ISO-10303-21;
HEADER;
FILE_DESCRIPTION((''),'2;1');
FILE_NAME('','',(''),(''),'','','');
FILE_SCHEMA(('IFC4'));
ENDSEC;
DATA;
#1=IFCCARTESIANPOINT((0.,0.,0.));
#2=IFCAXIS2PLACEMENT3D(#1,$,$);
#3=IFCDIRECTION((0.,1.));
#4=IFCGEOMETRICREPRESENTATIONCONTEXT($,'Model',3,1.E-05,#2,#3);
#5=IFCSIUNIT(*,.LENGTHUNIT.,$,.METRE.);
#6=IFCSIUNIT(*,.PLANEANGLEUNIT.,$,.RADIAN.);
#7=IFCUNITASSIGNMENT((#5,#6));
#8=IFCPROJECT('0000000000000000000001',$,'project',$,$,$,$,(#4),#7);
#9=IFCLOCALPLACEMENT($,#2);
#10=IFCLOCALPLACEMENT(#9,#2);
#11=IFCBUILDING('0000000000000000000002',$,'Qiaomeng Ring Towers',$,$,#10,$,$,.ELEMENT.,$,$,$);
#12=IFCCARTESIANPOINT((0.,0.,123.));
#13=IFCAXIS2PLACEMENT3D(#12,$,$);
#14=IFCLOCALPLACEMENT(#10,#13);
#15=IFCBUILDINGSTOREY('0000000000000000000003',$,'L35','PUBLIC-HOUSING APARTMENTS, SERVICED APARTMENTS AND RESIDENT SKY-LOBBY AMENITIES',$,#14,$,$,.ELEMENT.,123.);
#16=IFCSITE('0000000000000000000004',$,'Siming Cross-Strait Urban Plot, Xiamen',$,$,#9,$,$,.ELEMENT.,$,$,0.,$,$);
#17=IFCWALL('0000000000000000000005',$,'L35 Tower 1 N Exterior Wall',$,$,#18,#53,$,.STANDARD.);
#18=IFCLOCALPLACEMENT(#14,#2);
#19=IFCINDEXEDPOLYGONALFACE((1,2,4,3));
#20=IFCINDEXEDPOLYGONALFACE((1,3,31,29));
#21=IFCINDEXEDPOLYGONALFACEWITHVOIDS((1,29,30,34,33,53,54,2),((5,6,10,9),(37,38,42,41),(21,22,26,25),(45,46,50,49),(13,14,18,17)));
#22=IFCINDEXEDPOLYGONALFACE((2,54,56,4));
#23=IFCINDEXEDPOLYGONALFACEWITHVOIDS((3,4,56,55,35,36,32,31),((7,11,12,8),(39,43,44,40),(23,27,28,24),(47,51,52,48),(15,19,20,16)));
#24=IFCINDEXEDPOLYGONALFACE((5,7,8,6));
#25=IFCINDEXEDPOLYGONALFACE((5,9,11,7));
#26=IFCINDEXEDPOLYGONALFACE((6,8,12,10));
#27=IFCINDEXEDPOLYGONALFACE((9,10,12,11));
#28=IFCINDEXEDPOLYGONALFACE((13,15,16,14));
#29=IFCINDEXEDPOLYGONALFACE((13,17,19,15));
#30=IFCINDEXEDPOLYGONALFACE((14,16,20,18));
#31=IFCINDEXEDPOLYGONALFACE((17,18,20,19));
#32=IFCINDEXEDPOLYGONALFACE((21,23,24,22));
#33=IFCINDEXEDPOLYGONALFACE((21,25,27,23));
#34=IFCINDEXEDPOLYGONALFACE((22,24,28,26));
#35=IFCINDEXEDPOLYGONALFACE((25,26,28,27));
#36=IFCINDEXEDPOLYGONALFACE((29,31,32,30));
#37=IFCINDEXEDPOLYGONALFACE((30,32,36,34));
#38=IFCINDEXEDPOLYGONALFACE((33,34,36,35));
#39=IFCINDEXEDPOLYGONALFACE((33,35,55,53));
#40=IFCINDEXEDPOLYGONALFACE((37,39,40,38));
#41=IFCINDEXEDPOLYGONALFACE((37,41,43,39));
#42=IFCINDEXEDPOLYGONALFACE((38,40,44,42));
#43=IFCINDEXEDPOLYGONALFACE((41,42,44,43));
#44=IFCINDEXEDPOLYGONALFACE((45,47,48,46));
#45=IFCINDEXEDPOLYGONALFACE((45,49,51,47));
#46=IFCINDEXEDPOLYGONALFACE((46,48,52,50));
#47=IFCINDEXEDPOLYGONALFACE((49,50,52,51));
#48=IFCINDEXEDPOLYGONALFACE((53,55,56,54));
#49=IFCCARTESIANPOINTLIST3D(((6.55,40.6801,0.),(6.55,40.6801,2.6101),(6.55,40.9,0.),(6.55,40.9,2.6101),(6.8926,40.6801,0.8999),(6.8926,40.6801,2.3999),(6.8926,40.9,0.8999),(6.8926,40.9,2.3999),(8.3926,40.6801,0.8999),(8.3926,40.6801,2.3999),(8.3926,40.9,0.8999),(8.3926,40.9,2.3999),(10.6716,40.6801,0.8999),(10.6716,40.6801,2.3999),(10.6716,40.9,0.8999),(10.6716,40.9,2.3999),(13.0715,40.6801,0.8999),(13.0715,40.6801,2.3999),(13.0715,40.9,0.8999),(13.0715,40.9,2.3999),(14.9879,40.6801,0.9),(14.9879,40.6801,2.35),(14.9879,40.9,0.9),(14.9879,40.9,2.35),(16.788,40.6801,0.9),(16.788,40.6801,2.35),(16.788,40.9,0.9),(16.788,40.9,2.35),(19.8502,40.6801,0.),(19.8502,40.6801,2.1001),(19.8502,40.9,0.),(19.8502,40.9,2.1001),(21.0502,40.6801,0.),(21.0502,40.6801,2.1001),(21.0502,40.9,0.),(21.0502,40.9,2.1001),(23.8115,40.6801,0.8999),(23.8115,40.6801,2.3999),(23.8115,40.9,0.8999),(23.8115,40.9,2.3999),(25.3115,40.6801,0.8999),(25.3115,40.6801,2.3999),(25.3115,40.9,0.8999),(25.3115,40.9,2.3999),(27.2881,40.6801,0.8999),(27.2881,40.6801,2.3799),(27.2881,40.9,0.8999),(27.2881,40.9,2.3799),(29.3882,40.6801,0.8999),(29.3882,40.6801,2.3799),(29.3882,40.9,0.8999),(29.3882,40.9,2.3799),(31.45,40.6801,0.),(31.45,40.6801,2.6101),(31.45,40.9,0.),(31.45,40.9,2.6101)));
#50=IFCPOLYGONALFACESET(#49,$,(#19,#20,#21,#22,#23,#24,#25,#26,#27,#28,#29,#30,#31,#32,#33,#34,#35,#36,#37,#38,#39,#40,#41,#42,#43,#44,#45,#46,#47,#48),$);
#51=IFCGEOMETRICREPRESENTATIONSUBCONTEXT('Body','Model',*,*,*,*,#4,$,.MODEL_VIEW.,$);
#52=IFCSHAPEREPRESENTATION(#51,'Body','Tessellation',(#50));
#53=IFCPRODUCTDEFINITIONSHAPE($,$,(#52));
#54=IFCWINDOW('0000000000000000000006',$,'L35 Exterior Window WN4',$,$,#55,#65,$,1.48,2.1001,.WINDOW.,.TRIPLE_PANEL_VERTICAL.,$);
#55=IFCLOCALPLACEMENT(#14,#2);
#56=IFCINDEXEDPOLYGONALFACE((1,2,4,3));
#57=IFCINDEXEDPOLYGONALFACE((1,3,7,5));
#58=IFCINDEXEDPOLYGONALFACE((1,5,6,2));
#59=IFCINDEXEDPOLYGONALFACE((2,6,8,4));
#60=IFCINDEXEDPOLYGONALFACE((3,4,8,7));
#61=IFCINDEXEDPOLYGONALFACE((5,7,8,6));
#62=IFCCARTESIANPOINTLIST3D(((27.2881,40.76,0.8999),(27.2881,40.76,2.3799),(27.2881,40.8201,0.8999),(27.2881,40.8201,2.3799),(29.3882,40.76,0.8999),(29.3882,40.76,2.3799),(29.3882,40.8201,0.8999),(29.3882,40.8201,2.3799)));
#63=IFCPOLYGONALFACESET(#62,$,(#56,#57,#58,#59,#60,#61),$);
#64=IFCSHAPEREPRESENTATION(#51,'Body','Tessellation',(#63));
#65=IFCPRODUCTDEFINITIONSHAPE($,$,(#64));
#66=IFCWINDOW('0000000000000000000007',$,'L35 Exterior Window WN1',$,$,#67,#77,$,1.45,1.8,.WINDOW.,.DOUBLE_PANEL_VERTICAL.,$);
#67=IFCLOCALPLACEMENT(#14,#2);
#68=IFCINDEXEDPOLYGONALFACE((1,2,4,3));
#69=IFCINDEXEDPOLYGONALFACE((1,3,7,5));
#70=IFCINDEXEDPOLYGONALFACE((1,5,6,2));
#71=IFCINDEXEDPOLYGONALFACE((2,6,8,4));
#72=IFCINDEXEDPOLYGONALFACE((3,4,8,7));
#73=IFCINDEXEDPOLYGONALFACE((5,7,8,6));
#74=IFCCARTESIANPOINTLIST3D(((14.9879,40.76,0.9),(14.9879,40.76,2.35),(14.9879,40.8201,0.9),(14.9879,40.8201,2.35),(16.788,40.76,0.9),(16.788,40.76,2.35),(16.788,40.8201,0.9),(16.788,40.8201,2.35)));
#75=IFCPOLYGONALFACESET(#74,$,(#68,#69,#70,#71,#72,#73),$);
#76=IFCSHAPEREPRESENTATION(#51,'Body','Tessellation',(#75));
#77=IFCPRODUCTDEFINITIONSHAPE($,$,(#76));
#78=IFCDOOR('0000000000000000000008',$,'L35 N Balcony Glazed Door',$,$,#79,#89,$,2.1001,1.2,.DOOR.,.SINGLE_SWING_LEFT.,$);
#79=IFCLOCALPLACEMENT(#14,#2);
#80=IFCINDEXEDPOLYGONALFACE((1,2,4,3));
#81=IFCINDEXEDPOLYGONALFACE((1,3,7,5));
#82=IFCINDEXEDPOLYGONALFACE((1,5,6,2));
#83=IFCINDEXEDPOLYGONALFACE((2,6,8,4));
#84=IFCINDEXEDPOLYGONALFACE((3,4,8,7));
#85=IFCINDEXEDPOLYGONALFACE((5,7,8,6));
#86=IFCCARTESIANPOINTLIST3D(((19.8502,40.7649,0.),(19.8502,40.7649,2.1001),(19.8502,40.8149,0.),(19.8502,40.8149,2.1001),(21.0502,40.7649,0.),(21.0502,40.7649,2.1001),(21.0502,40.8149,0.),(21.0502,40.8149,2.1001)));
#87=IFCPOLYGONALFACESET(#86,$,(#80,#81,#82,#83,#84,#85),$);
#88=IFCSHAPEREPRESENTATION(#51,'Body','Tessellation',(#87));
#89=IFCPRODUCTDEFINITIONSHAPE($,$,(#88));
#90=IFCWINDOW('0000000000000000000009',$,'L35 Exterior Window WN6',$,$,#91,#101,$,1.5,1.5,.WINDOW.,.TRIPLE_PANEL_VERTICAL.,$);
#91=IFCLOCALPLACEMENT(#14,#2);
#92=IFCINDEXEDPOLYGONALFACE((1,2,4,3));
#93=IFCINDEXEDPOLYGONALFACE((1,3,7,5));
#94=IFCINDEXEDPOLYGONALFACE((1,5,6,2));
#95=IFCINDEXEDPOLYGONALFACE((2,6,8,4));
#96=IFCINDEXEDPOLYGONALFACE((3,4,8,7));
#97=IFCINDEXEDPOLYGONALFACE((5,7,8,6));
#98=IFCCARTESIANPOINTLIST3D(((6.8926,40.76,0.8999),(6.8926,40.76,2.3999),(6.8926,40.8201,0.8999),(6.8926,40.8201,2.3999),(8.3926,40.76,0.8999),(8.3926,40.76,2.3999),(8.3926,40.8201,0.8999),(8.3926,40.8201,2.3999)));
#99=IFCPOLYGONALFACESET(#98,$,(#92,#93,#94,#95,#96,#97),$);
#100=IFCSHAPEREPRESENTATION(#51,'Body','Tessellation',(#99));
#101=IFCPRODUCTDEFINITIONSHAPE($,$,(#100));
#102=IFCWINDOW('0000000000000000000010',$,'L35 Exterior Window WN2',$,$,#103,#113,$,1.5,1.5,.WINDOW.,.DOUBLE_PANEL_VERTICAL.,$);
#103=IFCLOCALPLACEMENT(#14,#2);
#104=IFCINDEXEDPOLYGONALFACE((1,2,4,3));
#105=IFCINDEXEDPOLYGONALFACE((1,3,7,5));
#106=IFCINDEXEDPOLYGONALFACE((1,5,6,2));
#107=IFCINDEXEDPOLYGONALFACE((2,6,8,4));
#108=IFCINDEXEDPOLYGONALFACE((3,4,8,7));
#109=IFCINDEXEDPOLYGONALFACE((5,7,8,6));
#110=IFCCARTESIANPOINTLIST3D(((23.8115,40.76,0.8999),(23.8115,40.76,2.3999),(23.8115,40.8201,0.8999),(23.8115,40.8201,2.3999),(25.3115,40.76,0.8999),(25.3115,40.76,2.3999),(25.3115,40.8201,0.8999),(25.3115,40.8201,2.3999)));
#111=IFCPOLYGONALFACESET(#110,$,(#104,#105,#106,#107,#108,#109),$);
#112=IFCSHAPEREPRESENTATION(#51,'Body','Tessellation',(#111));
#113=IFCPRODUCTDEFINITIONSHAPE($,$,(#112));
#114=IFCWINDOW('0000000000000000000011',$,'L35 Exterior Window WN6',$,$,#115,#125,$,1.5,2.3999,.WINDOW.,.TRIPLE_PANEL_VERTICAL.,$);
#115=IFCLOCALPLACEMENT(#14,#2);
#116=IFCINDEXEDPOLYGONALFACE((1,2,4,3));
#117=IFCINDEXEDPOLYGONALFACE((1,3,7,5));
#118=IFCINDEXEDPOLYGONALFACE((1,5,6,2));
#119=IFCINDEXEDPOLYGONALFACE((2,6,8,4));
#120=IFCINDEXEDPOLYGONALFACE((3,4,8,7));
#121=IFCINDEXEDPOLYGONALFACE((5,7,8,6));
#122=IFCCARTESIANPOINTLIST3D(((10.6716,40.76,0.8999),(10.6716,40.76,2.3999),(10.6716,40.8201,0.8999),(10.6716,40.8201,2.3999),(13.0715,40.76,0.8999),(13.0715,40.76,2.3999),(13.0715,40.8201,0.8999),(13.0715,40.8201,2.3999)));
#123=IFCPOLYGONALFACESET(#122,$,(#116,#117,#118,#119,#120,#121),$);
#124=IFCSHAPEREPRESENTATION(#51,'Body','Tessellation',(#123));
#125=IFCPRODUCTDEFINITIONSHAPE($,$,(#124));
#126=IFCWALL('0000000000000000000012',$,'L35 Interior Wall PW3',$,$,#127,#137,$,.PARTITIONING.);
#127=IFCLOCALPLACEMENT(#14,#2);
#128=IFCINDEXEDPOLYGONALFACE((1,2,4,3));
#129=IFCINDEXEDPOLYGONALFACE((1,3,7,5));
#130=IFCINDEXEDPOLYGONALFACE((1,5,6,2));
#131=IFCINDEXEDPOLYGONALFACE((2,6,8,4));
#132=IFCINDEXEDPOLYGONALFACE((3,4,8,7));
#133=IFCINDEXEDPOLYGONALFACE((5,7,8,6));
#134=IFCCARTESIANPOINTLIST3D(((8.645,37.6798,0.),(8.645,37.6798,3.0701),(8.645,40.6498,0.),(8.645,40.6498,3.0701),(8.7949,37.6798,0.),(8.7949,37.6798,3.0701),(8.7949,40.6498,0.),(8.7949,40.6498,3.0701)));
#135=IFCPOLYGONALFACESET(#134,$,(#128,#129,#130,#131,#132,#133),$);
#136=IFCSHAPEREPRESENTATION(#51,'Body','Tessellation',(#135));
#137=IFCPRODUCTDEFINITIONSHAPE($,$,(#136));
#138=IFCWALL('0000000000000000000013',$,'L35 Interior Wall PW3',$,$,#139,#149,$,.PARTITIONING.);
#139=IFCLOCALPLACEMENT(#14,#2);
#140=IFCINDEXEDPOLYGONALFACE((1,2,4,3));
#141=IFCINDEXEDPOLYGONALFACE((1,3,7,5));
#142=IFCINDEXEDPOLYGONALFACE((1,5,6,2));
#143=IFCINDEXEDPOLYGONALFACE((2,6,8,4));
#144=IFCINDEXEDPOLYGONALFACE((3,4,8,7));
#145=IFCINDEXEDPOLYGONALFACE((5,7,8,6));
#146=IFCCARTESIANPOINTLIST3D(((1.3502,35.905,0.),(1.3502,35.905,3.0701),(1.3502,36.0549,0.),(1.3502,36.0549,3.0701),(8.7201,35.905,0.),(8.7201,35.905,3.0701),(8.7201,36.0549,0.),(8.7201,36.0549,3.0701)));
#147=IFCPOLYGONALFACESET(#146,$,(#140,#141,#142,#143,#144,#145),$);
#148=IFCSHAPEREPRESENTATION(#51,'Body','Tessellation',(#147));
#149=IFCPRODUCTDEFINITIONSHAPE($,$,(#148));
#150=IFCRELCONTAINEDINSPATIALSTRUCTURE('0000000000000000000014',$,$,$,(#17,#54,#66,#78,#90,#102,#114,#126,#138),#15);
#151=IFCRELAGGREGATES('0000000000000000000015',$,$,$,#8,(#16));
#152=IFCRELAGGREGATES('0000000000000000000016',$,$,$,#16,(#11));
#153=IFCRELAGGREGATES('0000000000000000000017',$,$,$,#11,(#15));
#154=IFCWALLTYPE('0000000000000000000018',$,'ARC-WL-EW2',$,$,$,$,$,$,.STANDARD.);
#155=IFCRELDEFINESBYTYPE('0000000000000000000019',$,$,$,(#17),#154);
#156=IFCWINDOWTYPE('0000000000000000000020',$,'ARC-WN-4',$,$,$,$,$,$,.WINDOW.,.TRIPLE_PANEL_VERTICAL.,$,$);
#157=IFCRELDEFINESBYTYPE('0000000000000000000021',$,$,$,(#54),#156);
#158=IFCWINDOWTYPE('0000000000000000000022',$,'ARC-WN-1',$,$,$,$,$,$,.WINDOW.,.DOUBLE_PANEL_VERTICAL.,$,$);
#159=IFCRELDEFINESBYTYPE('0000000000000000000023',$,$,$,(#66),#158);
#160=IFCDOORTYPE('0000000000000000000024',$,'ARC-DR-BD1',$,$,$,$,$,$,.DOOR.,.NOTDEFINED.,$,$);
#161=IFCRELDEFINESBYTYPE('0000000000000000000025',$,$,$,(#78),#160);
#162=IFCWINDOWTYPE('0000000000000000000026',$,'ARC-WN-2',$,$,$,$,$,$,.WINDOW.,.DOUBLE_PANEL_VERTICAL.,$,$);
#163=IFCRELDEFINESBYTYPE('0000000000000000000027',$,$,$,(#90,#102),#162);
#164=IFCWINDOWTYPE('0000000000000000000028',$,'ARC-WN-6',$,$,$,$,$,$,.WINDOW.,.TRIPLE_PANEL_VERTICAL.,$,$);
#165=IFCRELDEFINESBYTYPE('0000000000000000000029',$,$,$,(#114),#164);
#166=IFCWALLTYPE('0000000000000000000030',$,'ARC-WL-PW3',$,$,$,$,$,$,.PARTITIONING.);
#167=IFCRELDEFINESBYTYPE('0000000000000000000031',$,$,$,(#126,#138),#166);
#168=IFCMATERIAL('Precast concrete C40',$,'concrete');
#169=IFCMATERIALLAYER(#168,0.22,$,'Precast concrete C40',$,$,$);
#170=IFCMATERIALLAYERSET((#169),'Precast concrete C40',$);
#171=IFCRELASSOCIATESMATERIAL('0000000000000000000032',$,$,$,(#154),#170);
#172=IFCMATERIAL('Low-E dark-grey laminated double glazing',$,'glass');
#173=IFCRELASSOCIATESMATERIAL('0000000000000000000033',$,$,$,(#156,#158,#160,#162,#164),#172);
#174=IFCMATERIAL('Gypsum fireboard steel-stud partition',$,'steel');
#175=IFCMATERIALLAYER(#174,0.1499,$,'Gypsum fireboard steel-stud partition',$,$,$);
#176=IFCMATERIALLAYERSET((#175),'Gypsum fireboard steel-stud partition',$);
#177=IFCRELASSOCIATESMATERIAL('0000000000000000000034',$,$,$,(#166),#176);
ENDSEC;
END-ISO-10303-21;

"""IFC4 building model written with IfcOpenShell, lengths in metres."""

from ifc_helpers import new_model, si_unit, direction, frame, frame_2d, origin, place, context, subcontext, project, spatial, rectangle, extrude, source, transform, mapped, material, layer, layer_set, type_object, element, fill, save


model = new_model("IFC4")

# Units and contexts
model_context = context("Model", 3, precision=1e-05, world=origin(), true_north=direction((0.0, 1.0)))
body_context = subcontext(model_context, "Body", "Model", "MODEL_VIEW")
ifc_project = project(units=[si_unit("LENGTHUNIT", "METRE"), si_unit("PLANEANGLEUNIT", "RADIAN")], contexts=[model_context])

# Site, building, storey
site_placement = place(None, origin())
site = spatial("IfcSite", under=ifc_project, at=site_placement, Name="Siming Cross-Strait Urban Plot, Xiamen", CompositionType="ELEMENT", RefElevation=0.0)
building_placement = place(site_placement, origin())
building = spatial("IfcBuilding", under=site, at=building_placement, Name="Qiaomeng Ring Towers", CompositionType="ELEMENT")
storey_placement = place(building_placement, frame((0.0, 0.0, 123.0)))
storey = spatial("IfcBuildingStorey", under=building, at=storey_placement, Name="L35", Description="PUBLIC-HOUSING APARTMENTS, SERVICED APARTMENTS AND RESIDENT SKY-LOBBY AMENITIES", CompositionType="ELEMENT", Elevation=123.0)

# Shared definitions
ifc_material_1 = material(Name="Low-E dark-grey laminated double glazing", Category="glass")

# Wall, openings, windows, door
ifc_material_2 = material(Name="Precast concrete C40", Category="concrete")
ifc_layer_1 = layer(ifc_material_2, 0.22, Name="Precast concrete C40")
ifc_layer_set_1 = layer_set([ifc_layer_1], Name="Precast concrete C40")
wall_type_1 = type_object("IfcWallType", Name="ARC-WL-EW2", PredefinedType="STANDARD", material=ifc_layer_set_1)
wall_1_placement = place(storey_placement, frame((6.55, 40.79, 0.0), z_axis=(0.0, 0.0, 1.0), x_axis=(1.0, 0.0, 0.0)))
wall_1 = element("IfcWall", 1, at=wall_1_placement, inside=storey, type_object=wall_type_1, Name="L35 Tower 1 N Exterior Wall", PredefinedType="STANDARD", context=body_context, shape_type="SweptSolid", body=[
    extrude(rectangle(XDim=24.8999, YDim=0.22, at=frame_2d((12.45, 0.0))), origin(), (0.0, 0.0, 1.0), 2.6101),
])
opening_1_placement = place(wall_1_placement, frame((13.3, 0.0, 0.0)))
opening_1 = element("IfcOpeningElement", 2, at=opening_1_placement, cuts=wall_1, PredefinedType="OPENING", context=body_context, shape_type="SweptSolid", body=[
    extrude(rectangle(XDim=1.2, YDim=2.1001, at=frame_2d((0.6001, 1.05))), frame((0.0, 0.1199, 0.0), z_axis=(0.0, -1.0, 0.0), x_axis=(1.0, 0.0, 0.0)), (0.0, 0.0, 1.0), 0.24),
])
opening_2_placement = place(wall_1_placement, frame((0.3425, 0.0, 0.8999)))
opening_2 = element("IfcOpeningElement", 3, at=opening_2_placement, cuts=wall_1, PredefinedType="OPENING", context=body_context, shape_type="SweptSolid", body=[
    extrude(rectangle(XDim=1.5, YDim=1.5, at=frame_2d((0.75, 0.75))), frame((0.0, 0.1199, 0.0), z_axis=(0.0, -1.0, 0.0), x_axis=(1.0, 0.0, 0.0)), (0.0, 0.0, 1.0), 0.24),
])
opening_3_placement = place(wall_1_placement, frame((8.438, 0.0, 0.8999)))
opening_3 = element("IfcOpeningElement", 4, at=opening_3_placement, cuts=wall_1, PredefinedType="OPENING", context=body_context, shape_type="SweptSolid", body=[
    extrude(rectangle(XDim=1.8, YDim=1.45, at=frame_2d((0.8999, 0.7251))), frame((0.0, 0.1199, 0.0), z_axis=(0.0, -1.0, 0.0), x_axis=(1.0, 0.0, 0.0)), (0.0, 0.0, 1.0), 0.24),
])
opening_4_placement = place(wall_1_placement, frame((17.2615, 0.0, 0.8999)))
opening_4 = element("IfcOpeningElement", 5, at=opening_4_placement, cuts=wall_1, PredefinedType="OPENING", context=body_context, shape_type="SweptSolid", body=[
    extrude(rectangle(XDim=1.5, YDim=1.5, at=frame_2d((0.75, 0.75))), frame((0.0, 0.1199, 0.0), z_axis=(0.0, -1.0, 0.0), x_axis=(1.0, 0.0, 0.0)), (0.0, 0.0, 1.0), 0.24),
])
opening_5_placement = place(wall_1_placement, frame((20.738, 0.0, 0.8999)))
opening_5 = element("IfcOpeningElement", 6, at=opening_5_placement, cuts=wall_1, PredefinedType="OPENING", context=body_context, shape_type="SweptSolid", body=[
    extrude(rectangle(XDim=2.1001, YDim=1.48, at=frame_2d((1.05, 0.74))), frame((0.0, 0.1199, 0.0), z_axis=(0.0, -1.0, 0.0), x_axis=(1.0, 0.0, 0.0)), (0.0, 0.0, 1.0), 0.24),
])
opening_6_placement = place(wall_1_placement, frame((4.1216, 0.0, 0.8999)))
opening_6 = element("IfcOpeningElement", 7, at=opening_6_placement, cuts=wall_1, PredefinedType="OPENING", context=body_context, shape_type="SweptSolid", body=[
    extrude(rectangle(XDim=2.3999, YDim=1.5, at=frame_2d((1.2, 0.75))), frame((0.0, 0.1199, 0.0), z_axis=(0.0, -1.0, 0.0), x_axis=(1.0, 0.0, 0.0)), (0.0, 0.0, 1.0), 0.24),
])
window_type_1 = type_object("IfcWindowType", Name="ARC-WN-4", PartitioningType="TRIPLE_PANEL_VERTICAL", PredefinedType="WINDOW", material=ifc_material_1)
shared_shape_1 = source(origin(), body_context, "Body", "SweptSolid", [
    extrude(rectangle(XDim=2.1001, YDim=1.48, at=frame_2d((1.05, 0.74))), frame((0.0, 0.03, 0.0), z_axis=(0.0, -1.0, 0.0), x_axis=(1.0, 0.0, 0.0)), (0.0, 0.0, 1.0), 0.0601),
])
window_1_placement = place(opening_5_placement, origin())
window_1 = element("IfcWindow", 8, at=window_1_placement, inside=storey, type_object=window_type_1, Name="L35 Exterior Window WN4", OverallHeight=1.48, OverallWidth=2.1001, PartitioningType="TRIPLE_PANEL_VERTICAL", PredefinedType="WINDOW", context=body_context, shape_type="MappedRepresentation", body=[
    mapped(shared_shape_1, transform((0.0, 0.0, 0.0), x_axis=(1.0, 0.0, 0.0), y_axis=(0.0, 1.0, 0.0), z_axis=(0.0, 0.0, 1.0), scale=1.0)),
])
fill(opening_5, window_1)
window_type_2 = type_object("IfcWindowType", Name="ARC-WN-1", PartitioningType="DOUBLE_PANEL_VERTICAL", PredefinedType="WINDOW", material=ifc_material_1)
shared_shape_2 = source(origin(), body_context, "Body", "SweptSolid", [
    extrude(rectangle(XDim=1.8, YDim=1.45, at=frame_2d((0.8999, 0.7251))), frame((0.0, 0.03, 0.0), z_axis=(0.0, -1.0, 0.0), x_axis=(1.0, 0.0, 0.0)), (0.0, 0.0, 1.0), 0.0601),
])
window_2_placement = place(opening_3_placement, origin())
window_2 = element("IfcWindow", 9, at=window_2_placement, inside=storey, type_object=window_type_2, Name="L35 Exterior Window WN1", OverallHeight=1.45, OverallWidth=1.8, PartitioningType="DOUBLE_PANEL_VERTICAL", PredefinedType="WINDOW", context=body_context, shape_type="MappedRepresentation", body=[
    mapped(shared_shape_2, transform((0.0, 0.0, 0.0), x_axis=(1.0, 0.0, 0.0), y_axis=(0.0, 1.0, 0.0), z_axis=(0.0, 0.0, 1.0), scale=1.0)),
])
fill(opening_3, window_2)
door_type_1 = type_object("IfcDoorType", Name="ARC-DR-BD1", OperationType="NOTDEFINED", PredefinedType="DOOR", material=ifc_material_1)
shared_shape_3 = source(origin(), body_context, "Body", "SweptSolid", [
    extrude(rectangle(XDim=1.2, YDim=2.1001, at=frame_2d((0.6001, 1.05))), frame((0.0, 0.0249, 0.0), z_axis=(0.0, -1.0, 0.0), x_axis=(1.0, 0.0, 0.0)), (0.0, 0.0, 1.0), 0.05),
])
door_1_placement = place(opening_1_placement, origin())
door_1 = element("IfcDoor", 10, at=door_1_placement, inside=storey, type_object=door_type_1, Name="L35 N Balcony Glazed Door", OperationType="SINGLE_SWING_LEFT", OverallHeight=2.1001, OverallWidth=1.2, PredefinedType="DOOR", context=body_context, shape_type="MappedRepresentation", body=[
    mapped(shared_shape_3, transform((0.0, 0.0, 0.0), x_axis=(1.0, 0.0, 0.0), y_axis=(0.0, 1.0, 0.0), z_axis=(0.0, 0.0, 1.0), scale=1.0)),
])
fill(opening_1, door_1)
window_type_3 = type_object("IfcWindowType", Name="ARC-WN-2", PartitioningType="DOUBLE_PANEL_VERTICAL", PredefinedType="WINDOW", material=ifc_material_1)
shared_shape_4 = source(origin(), body_context, "Body", "SweptSolid", [
    extrude(rectangle(XDim=1.5, YDim=1.5, at=frame_2d((0.75, 0.75))), frame((0.0, 0.03, 0.0), z_axis=(0.0, -1.0, 0.0), x_axis=(1.0, 0.0, 0.0)), (0.0, 0.0, 1.0), 0.0601),
])
window_3_placement = place(opening_2_placement, origin())
window_3 = element("IfcWindow", 11, at=window_3_placement, inside=storey, type_object=window_type_3, Name="L35 Exterior Window WN6", OverallHeight=1.5, OverallWidth=1.5, PartitioningType="TRIPLE_PANEL_VERTICAL", PredefinedType="WINDOW", context=body_context, shape_type="MappedRepresentation", body=[
    mapped(shared_shape_4, transform((0.0, 0.0, 0.0), x_axis=(1.0, 0.0, 0.0), y_axis=(0.0, 1.0, 0.0), z_axis=(0.0, 0.0, 1.0), scale=1.0)),
])
fill(opening_2, window_3)
window_4_placement = place(opening_4_placement, origin())
window_4 = element("IfcWindow", 12, at=window_4_placement, inside=storey, type_object=window_type_3, Name="L35 Exterior Window WN2", OverallHeight=1.5, OverallWidth=1.5, PartitioningType="DOUBLE_PANEL_VERTICAL", PredefinedType="WINDOW", context=body_context, shape_type="MappedRepresentation", body=[
    mapped(shared_shape_4, transform((0.0, 0.0, 0.0), x_axis=(1.0, 0.0, 0.0), y_axis=(0.0, 1.0, 0.0), z_axis=(0.0, 0.0, 1.0), scale=1.0)),
])
fill(opening_4, window_4)
window_type_4 = type_object("IfcWindowType", Name="ARC-WN-6", PartitioningType="TRIPLE_PANEL_VERTICAL", PredefinedType="WINDOW", material=ifc_material_1)
shared_shape_5 = source(origin(), body_context, "Body", "SweptSolid", [
    extrude(rectangle(XDim=2.3999, YDim=1.5, at=frame_2d((1.2, 0.75))), frame((0.0, 0.03, 0.0), z_axis=(0.0, -1.0, 0.0), x_axis=(1.0, 0.0, 0.0)), (0.0, 0.0, 1.0), 0.0601),
])
window_5_placement = place(opening_6_placement, origin())
window_5 = element("IfcWindow", 13, at=window_5_placement, inside=storey, type_object=window_type_4, Name="L35 Exterior Window WN6", OverallHeight=1.5, OverallWidth=2.3999, PartitioningType="TRIPLE_PANEL_VERTICAL", PredefinedType="WINDOW", context=body_context, shape_type="MappedRepresentation", body=[
    mapped(shared_shape_5, transform((0.0, 0.0, 0.0), x_axis=(1.0, 0.0, 0.0), y_axis=(0.0, 1.0, 0.0), z_axis=(0.0, 0.0, 1.0), scale=1.0)),
])
fill(opening_6, window_5)

# Walls
ifc_material_3 = material(Name="Gypsum fireboard steel-stud partition", Category="steel")
ifc_layer_2 = layer(ifc_material_3, 0.1499, Name="Gypsum fireboard steel-stud partition")
ifc_layer_set_2 = layer_set([ifc_layer_2], Name="Gypsum fireboard steel-stud partition")
wall_type_2 = type_object("IfcWallType", Name="ARC-WL-PW3", PredefinedType="PARTITIONING", material=ifc_layer_set_2)
wall_2_placement = place(storey_placement, frame((8.72, 37.6799, 0.0), z_axis=(0.0, 0.0, 1.0), x_axis=(0.0, 1.0, 0.0)))
element("IfcWall", 14, at=wall_2_placement, inside=storey, type_object=wall_type_2, Name="L35 Interior Wall PW3", PredefinedType="PARTITIONING", context=body_context, shape_type="SweptSolid", body=[
    extrude(rectangle(XDim=2.97, YDim=0.1499, at=frame_2d((1.4849, 0.0))), origin(), (0.0, 0.0, 1.0), 3.0701),
])
wall_3_placement = place(storey_placement, frame((1.3501, 35.98, 0.0), z_axis=(0.0, 0.0, 1.0), x_axis=(1.0, 0.0, 0.0)))
element("IfcWall", 15, at=wall_3_placement, inside=storey, type_object=wall_type_2, Name="L35 Interior Wall PW3", PredefinedType="PARTITIONING", context=body_context, shape_type="SweptSolid", body=[
    extrude(rectangle(XDim=7.3699, YDim=0.1499, at=frame_2d((3.6851, 0.0))), origin(), (0.0, 0.0, 1.0), 3.0701),
])

save(model, "model.ifc")
